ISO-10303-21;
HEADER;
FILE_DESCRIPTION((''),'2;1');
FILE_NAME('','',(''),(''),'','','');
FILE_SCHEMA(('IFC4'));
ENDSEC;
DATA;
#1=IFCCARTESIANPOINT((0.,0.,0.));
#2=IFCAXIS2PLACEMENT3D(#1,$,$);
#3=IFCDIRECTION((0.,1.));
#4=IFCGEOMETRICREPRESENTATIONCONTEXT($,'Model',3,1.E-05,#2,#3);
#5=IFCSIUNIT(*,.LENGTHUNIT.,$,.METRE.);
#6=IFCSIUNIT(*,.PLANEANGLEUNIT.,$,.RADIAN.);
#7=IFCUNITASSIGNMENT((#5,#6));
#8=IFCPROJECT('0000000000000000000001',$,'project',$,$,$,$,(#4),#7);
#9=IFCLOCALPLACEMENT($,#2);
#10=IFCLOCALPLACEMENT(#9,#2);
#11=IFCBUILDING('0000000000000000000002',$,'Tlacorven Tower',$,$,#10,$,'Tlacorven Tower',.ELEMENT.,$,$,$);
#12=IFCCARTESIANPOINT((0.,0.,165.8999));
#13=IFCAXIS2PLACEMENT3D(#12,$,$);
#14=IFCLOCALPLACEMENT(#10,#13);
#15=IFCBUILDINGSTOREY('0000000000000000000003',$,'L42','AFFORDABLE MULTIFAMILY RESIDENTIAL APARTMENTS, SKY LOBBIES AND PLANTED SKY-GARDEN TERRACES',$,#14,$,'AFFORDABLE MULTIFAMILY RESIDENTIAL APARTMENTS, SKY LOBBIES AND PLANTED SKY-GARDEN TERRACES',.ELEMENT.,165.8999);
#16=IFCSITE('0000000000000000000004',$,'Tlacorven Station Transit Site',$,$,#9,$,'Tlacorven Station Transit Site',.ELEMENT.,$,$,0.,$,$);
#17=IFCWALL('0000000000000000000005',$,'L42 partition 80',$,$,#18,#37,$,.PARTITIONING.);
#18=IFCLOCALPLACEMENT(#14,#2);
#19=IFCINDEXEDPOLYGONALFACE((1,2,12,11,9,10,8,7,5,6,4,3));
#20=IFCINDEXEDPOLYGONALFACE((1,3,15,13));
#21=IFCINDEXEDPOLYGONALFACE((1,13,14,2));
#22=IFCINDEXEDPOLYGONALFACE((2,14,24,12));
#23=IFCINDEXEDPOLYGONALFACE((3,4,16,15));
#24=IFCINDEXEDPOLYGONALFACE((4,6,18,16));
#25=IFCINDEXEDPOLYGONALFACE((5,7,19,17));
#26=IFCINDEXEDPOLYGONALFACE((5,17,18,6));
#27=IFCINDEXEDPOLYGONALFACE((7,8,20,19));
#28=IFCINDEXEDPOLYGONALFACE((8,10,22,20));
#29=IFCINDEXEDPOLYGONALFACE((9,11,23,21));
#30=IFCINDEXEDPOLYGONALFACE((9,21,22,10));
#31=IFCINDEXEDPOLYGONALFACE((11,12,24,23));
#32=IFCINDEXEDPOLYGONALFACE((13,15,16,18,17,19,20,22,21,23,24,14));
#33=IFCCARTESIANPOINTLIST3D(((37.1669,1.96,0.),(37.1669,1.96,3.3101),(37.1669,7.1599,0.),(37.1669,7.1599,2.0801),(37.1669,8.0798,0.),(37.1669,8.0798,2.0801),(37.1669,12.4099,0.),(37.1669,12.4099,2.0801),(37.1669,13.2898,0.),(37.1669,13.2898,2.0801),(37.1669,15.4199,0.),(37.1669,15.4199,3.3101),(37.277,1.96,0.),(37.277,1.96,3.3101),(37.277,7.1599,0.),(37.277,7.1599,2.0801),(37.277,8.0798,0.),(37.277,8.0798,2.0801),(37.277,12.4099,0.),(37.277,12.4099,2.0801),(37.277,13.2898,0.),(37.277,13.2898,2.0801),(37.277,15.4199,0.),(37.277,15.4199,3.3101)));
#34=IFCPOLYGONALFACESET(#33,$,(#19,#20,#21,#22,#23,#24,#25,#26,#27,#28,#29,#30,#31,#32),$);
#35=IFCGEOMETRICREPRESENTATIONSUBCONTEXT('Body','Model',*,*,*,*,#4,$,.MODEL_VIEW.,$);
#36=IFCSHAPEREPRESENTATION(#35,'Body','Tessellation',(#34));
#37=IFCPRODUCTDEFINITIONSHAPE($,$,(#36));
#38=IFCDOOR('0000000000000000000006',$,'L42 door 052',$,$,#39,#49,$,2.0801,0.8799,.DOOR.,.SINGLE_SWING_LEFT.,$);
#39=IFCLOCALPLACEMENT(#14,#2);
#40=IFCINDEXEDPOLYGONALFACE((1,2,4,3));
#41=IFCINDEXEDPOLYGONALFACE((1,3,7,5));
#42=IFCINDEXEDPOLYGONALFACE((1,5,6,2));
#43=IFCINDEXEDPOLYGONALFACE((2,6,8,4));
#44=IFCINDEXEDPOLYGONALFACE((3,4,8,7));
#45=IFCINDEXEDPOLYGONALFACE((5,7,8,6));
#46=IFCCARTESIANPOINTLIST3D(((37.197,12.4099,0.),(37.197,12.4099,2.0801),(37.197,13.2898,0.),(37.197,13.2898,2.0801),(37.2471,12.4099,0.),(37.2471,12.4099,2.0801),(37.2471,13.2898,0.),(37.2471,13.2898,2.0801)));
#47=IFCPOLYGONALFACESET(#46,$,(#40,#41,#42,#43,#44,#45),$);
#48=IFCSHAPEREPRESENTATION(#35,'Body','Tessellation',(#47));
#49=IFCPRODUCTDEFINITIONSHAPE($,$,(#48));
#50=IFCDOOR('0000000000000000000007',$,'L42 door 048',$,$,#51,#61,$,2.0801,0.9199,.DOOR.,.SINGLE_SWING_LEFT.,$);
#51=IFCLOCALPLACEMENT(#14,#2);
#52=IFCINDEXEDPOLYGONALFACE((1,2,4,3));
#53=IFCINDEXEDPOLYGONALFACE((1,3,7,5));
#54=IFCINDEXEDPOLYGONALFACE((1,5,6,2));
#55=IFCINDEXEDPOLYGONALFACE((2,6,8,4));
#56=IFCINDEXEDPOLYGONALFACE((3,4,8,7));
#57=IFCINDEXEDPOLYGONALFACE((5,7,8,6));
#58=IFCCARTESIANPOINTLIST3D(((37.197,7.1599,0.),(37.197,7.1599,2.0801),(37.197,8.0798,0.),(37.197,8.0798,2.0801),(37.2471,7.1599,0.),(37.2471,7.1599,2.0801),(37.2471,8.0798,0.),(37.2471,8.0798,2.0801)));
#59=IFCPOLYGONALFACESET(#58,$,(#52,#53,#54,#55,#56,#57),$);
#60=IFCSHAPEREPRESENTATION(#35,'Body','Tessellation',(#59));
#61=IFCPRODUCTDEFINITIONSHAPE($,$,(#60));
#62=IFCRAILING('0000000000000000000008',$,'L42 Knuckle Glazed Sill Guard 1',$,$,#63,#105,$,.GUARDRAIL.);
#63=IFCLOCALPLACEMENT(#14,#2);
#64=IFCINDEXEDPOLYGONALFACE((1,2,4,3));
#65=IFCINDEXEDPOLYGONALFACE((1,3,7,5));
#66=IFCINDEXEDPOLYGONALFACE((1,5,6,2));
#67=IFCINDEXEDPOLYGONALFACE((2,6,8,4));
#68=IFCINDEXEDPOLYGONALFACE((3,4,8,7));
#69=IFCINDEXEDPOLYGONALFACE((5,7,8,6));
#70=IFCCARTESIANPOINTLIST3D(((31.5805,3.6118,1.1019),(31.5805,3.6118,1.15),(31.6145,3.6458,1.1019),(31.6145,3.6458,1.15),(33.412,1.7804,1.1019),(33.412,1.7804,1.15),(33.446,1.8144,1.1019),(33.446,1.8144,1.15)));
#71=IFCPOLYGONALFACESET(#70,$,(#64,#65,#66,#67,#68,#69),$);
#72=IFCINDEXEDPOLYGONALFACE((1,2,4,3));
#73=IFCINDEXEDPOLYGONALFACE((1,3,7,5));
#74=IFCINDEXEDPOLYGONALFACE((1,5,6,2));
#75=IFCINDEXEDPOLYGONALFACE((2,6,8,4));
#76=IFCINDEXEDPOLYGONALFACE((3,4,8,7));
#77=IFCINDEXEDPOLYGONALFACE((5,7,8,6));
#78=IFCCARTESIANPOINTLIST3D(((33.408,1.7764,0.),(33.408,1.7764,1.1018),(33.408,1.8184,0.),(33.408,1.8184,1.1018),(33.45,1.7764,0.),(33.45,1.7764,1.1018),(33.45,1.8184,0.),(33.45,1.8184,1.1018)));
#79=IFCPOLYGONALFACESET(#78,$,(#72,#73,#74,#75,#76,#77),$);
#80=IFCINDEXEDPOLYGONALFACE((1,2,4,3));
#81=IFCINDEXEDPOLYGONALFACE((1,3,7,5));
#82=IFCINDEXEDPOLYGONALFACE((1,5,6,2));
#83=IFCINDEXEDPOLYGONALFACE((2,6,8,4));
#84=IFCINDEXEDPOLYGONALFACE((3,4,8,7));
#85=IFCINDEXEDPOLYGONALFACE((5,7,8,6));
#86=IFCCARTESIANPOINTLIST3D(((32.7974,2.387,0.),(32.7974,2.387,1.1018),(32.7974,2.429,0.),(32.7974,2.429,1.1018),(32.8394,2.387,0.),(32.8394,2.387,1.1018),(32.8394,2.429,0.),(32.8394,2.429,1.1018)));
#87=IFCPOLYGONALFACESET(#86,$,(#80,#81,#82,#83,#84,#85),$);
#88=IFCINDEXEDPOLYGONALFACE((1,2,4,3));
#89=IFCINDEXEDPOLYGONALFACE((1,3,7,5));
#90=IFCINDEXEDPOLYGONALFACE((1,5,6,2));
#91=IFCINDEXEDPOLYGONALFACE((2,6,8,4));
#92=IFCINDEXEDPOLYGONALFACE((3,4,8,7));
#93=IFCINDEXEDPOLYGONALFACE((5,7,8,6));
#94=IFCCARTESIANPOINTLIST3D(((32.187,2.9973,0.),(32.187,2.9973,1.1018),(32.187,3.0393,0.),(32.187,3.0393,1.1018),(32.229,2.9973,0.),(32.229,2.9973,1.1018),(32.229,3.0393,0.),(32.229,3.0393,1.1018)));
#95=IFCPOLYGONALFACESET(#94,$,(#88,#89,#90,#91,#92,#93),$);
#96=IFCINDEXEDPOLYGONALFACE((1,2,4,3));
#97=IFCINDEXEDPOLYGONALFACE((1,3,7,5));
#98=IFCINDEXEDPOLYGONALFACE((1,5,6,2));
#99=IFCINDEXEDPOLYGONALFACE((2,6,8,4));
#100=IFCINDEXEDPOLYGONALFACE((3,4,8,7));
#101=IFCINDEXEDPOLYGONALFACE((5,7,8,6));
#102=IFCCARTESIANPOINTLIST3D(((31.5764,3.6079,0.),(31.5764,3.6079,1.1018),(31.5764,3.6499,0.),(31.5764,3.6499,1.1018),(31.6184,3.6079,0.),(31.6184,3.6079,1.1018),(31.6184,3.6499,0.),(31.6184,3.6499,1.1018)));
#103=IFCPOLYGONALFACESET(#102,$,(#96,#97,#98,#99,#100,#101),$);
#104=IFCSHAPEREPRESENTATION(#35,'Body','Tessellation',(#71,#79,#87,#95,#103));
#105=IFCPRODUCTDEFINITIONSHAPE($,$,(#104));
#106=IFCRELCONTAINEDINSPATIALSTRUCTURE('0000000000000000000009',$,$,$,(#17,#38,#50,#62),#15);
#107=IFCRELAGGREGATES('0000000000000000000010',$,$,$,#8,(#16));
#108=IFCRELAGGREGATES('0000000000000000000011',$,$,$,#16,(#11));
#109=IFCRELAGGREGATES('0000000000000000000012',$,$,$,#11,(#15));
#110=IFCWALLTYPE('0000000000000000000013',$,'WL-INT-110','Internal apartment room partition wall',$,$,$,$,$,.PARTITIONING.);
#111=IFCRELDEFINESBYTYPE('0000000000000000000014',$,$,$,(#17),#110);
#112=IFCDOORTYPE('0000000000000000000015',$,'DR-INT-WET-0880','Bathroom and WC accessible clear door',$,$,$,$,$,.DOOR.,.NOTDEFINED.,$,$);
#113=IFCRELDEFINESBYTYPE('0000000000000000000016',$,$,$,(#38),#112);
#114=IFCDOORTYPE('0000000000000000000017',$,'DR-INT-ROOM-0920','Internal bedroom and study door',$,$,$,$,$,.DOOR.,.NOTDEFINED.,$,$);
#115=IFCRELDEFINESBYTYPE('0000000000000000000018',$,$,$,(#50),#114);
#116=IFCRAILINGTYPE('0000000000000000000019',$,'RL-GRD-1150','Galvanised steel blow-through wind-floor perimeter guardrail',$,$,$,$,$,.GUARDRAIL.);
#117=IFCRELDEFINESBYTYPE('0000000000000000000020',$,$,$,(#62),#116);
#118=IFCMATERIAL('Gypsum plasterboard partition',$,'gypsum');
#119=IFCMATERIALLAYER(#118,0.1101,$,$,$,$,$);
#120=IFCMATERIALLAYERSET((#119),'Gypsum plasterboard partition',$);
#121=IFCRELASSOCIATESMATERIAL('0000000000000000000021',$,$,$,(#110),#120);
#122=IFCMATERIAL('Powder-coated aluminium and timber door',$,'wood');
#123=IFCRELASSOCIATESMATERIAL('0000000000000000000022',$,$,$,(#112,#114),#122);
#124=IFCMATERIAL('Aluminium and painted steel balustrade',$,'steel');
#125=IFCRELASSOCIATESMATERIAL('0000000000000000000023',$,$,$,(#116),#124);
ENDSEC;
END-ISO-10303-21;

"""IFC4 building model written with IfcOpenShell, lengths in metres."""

from ifc_helpers import new_model, si_unit, direction, frame, frame_2d, origin, origin_2d, place, context, subcontext, project, spatial, rectangle, extrude, source, transform, mapped, material, layer, layer_set, type_object, element, fill, save


model = new_model("IFC4")

# Units and contexts
model_context = context("Model", 3, precision=1e-05, world=origin(), true_north=direction((0.0, 1.0)))
body_context = subcontext(model_context, "Body", "Model", "MODEL_VIEW")
ifc_project = project(units=[si_unit("LENGTHUNIT", "METRE"), si_unit("PLANEANGLEUNIT", "RADIAN")], contexts=[model_context])

# Site, building, storey
site_placement = place(None, origin())
site = spatial("IfcSite", under=ifc_project, at=site_placement, Name="Tlacorven Station Transit Site", LongName="Tlacorven Station Transit Site", CompositionType="ELEMENT", RefElevation=0.0)
building_placement = place(site_placement, origin())
building = spatial("IfcBuilding", under=site, at=building_placement, Name="Tlacorven Tower", LongName="Tlacorven Tower", CompositionType="ELEMENT")
storey_placement = place(building_placement, frame((0.0, 0.0, 165.8999)))
storey = spatial("IfcBuildingStorey", under=building, at=storey_placement, Name="L42", Description="AFFORDABLE MULTIFAMILY RESIDENTIAL APARTMENTS, SKY LOBBIES AND PLANTED SKY-GARDEN TERRACES", LongName="AFFORDABLE MULTIFAMILY RESIDENTIAL APARTMENTS, SKY LOBBIES AND PLANTED SKY-GARDEN TERRACES", CompositionType="ELEMENT", Elevation=165.8999)

# Wall, openings, doors
ifc_material_1 = material(Name="Gypsum plasterboard partition", Category="gypsum")
ifc_layer_1 = layer(ifc_material_1, 0.1101)
ifc_layer_set_1 = layer_set([ifc_layer_1], Name="Gypsum plasterboard partition")
wall_type_1 = type_object("IfcWallType", Name="WL-INT-110", Description="Internal apartment room partition wall", PredefinedType="PARTITIONING", material=ifc_layer_set_1)
wall_1_placement = place(storey_placement, frame((37.2219, 1.96, 0.0), z_axis=(0.0, 0.0, 1.0), x_axis=(0.0, 1.0, 0.0)))
wall_1 = element("IfcWall", 1, at=wall_1_placement, inside=storey, type_object=wall_type_1, Name="L42 partition 80", PredefinedType="PARTITIONING", context=body_context, shape_type="SweptSolid", body=[
    extrude(rectangle(XDim=13.46, YDim=0.1101, at=frame_2d((6.73, 0.0))), origin(), (0.0, 0.0, 1.0), 3.3101),
])
opening_1_placement = place(wall_1_placement, frame((5.2, 0.0, 0.0)))
opening_1 = element("IfcOpeningElement", 2, at=opening_1_placement, cuts=wall_1, PredefinedType="OPENING", context=body_context, shape_type="SweptSolid", body=[
    extrude(rectangle(XDim=0.9199, YDim=2.0801, at=frame_2d((0.46, 1.04))), frame((0.0, 0.0649, 0.0), z_axis=(0.0, -1.0, 0.0), x_axis=(1.0, 0.0, 0.0)), (0.0, 0.0, 1.0), 0.1301),
])
opening_2_placement = place(wall_1_placement, frame((10.45, 0.0, 0.0)))
opening_2 = element("IfcOpeningElement", 3, at=opening_2_placement, cuts=wall_1, PredefinedType="OPENING", context=body_context, shape_type="SweptSolid", body=[
    extrude(rectangle(XDim=0.8799, YDim=2.0801, at=frame_2d((0.4399, 1.04))), frame((0.0, 0.0649, 0.0), z_axis=(0.0, -1.0, 0.0), x_axis=(1.0, 0.0, 0.0)), (0.0, 0.0, 1.0), 0.1301),
])
ifc_material_2 = material(Name="Powder-coated aluminium and timber door", Category="wood")
door_type_1 = type_object("IfcDoorType", Name="DR-INT-WET-0880", Description="Bathroom and WC accessible clear door", OperationType="NOTDEFINED", PredefinedType="DOOR", material=ifc_material_2)
shared_shape_1 = source(origin(), body_context, "Body", "SweptSolid", [
    extrude(rectangle(XDim=0.8799, YDim=2.0801, at=frame_2d((0.4399, 1.04))), frame((0.0, 0.0249, 0.0), z_axis=(0.0, -1.0, 0.0), x_axis=(1.0, 0.0, 0.0)), (0.0, 0.0, 1.0), 0.05),
])
door_1_placement = place(opening_2_placement, origin())
door_1 = element("IfcDoor", 4, at=door_1_placement, inside=storey, type_object=door_type_1, Name="L42 door 052", OperationType="SINGLE_SWING_LEFT", OverallHeight=2.0801, OverallWidth=0.8799, PredefinedType="DOOR", context=body_context, shape_type="MappedRepresentation", body=[
    mapped(shared_shape_1, transform((0.0, 0.0, 0.0), scale=1.0)),
])
fill(opening_2, door_1)
door_type_2 = type_object("IfcDoorType", Name="DR-INT-ROOM-0920", Description="Internal bedroom and study door", OperationType="NOTDEFINED", PredefinedType="DOOR", material=ifc_material_2)
shared_shape_2 = source(origin(), body_context, "Body", "SweptSolid", [
    extrude(rectangle(XDim=0.9199, YDim=2.0801, at=frame_2d((0.46, 1.04))), frame((0.0, 0.0249, 0.0), z_axis=(0.0, -1.0, 0.0), x_axis=(1.0, 0.0, 0.0)), (0.0, 0.0, 1.0), 0.05),
])
door_2_placement = place(opening_1_placement, origin())
door_2 = element("IfcDoor", 5, at=door_2_placement, inside=storey, type_object=door_type_2, Name="L42 door 048", OperationType="SINGLE_SWING_LEFT", OverallHeight=2.0801, OverallWidth=0.9199, PredefinedType="DOOR", context=body_context, shape_type="MappedRepresentation", body=[
    mapped(shared_shape_2, transform((0.0, 0.0, 0.0), scale=1.0)),
])
fill(opening_1, door_2)

# Railing
ifc_material_3 = material(Name="Aluminium and painted steel balustrade", Category="steel")
railing_type = type_object("IfcRailingType", Name="RL-GRD-1150", Description="Galvanised steel blow-through wind-floor perimeter guardrail", PredefinedType="GUARDRAIL", material=ifc_material_3)
shared_shape_3 = source(origin(), body_context, "Body", "SweptSolid", [
    extrude(rectangle(XDim=0.0481, YDim=0.0481, at=origin_2d()), frame((0.0, 0.0, 1.126), z_axis=(-0.707107, 0.707107, 0.0), x_axis=(-0.707107, -0.707107, 0.0)), (0.0, 0.0, 1.0), 2.5901),
    extrude(rectangle(XDim=0.042, YDim=0.042, at=origin_2d()), origin(), (0.0, 0.0, 1.0), 1.1018),
    extrude(rectangle(XDim=0.042, YDim=0.042, at=origin_2d()), frame((-0.6106, 0.6106, 0.0)), (0.0, 0.0, 1.0), 1.1018),
    extrude(rectangle(XDim=0.042, YDim=0.042, at=origin_2d()), frame((-1.2209, 1.2209, 0.0)), (0.0, 0.0, 1.0), 1.1018),
    extrude(rectangle(XDim=0.042, YDim=0.042, at=origin_2d()), frame((-1.8315, 1.8315, 0.0)), (0.0, 0.0, 1.0), 1.1018),
])
railing_placement = place(storey_placement, frame((33.429, 1.7974, 0.0)))
element("IfcRailing", 6, at=railing_placement, inside=storey, type_object=railing_type, Name="L42 Knuckle Glazed Sill Guard 1", PredefinedType="GUARDRAIL", context=body_context, shape_type="MappedRepresentation", body=[
    mapped(shared_shape_3, transform((0.0, 0.0, 0.0), scale=1.0)),
])

save(model, "model.ifc")
